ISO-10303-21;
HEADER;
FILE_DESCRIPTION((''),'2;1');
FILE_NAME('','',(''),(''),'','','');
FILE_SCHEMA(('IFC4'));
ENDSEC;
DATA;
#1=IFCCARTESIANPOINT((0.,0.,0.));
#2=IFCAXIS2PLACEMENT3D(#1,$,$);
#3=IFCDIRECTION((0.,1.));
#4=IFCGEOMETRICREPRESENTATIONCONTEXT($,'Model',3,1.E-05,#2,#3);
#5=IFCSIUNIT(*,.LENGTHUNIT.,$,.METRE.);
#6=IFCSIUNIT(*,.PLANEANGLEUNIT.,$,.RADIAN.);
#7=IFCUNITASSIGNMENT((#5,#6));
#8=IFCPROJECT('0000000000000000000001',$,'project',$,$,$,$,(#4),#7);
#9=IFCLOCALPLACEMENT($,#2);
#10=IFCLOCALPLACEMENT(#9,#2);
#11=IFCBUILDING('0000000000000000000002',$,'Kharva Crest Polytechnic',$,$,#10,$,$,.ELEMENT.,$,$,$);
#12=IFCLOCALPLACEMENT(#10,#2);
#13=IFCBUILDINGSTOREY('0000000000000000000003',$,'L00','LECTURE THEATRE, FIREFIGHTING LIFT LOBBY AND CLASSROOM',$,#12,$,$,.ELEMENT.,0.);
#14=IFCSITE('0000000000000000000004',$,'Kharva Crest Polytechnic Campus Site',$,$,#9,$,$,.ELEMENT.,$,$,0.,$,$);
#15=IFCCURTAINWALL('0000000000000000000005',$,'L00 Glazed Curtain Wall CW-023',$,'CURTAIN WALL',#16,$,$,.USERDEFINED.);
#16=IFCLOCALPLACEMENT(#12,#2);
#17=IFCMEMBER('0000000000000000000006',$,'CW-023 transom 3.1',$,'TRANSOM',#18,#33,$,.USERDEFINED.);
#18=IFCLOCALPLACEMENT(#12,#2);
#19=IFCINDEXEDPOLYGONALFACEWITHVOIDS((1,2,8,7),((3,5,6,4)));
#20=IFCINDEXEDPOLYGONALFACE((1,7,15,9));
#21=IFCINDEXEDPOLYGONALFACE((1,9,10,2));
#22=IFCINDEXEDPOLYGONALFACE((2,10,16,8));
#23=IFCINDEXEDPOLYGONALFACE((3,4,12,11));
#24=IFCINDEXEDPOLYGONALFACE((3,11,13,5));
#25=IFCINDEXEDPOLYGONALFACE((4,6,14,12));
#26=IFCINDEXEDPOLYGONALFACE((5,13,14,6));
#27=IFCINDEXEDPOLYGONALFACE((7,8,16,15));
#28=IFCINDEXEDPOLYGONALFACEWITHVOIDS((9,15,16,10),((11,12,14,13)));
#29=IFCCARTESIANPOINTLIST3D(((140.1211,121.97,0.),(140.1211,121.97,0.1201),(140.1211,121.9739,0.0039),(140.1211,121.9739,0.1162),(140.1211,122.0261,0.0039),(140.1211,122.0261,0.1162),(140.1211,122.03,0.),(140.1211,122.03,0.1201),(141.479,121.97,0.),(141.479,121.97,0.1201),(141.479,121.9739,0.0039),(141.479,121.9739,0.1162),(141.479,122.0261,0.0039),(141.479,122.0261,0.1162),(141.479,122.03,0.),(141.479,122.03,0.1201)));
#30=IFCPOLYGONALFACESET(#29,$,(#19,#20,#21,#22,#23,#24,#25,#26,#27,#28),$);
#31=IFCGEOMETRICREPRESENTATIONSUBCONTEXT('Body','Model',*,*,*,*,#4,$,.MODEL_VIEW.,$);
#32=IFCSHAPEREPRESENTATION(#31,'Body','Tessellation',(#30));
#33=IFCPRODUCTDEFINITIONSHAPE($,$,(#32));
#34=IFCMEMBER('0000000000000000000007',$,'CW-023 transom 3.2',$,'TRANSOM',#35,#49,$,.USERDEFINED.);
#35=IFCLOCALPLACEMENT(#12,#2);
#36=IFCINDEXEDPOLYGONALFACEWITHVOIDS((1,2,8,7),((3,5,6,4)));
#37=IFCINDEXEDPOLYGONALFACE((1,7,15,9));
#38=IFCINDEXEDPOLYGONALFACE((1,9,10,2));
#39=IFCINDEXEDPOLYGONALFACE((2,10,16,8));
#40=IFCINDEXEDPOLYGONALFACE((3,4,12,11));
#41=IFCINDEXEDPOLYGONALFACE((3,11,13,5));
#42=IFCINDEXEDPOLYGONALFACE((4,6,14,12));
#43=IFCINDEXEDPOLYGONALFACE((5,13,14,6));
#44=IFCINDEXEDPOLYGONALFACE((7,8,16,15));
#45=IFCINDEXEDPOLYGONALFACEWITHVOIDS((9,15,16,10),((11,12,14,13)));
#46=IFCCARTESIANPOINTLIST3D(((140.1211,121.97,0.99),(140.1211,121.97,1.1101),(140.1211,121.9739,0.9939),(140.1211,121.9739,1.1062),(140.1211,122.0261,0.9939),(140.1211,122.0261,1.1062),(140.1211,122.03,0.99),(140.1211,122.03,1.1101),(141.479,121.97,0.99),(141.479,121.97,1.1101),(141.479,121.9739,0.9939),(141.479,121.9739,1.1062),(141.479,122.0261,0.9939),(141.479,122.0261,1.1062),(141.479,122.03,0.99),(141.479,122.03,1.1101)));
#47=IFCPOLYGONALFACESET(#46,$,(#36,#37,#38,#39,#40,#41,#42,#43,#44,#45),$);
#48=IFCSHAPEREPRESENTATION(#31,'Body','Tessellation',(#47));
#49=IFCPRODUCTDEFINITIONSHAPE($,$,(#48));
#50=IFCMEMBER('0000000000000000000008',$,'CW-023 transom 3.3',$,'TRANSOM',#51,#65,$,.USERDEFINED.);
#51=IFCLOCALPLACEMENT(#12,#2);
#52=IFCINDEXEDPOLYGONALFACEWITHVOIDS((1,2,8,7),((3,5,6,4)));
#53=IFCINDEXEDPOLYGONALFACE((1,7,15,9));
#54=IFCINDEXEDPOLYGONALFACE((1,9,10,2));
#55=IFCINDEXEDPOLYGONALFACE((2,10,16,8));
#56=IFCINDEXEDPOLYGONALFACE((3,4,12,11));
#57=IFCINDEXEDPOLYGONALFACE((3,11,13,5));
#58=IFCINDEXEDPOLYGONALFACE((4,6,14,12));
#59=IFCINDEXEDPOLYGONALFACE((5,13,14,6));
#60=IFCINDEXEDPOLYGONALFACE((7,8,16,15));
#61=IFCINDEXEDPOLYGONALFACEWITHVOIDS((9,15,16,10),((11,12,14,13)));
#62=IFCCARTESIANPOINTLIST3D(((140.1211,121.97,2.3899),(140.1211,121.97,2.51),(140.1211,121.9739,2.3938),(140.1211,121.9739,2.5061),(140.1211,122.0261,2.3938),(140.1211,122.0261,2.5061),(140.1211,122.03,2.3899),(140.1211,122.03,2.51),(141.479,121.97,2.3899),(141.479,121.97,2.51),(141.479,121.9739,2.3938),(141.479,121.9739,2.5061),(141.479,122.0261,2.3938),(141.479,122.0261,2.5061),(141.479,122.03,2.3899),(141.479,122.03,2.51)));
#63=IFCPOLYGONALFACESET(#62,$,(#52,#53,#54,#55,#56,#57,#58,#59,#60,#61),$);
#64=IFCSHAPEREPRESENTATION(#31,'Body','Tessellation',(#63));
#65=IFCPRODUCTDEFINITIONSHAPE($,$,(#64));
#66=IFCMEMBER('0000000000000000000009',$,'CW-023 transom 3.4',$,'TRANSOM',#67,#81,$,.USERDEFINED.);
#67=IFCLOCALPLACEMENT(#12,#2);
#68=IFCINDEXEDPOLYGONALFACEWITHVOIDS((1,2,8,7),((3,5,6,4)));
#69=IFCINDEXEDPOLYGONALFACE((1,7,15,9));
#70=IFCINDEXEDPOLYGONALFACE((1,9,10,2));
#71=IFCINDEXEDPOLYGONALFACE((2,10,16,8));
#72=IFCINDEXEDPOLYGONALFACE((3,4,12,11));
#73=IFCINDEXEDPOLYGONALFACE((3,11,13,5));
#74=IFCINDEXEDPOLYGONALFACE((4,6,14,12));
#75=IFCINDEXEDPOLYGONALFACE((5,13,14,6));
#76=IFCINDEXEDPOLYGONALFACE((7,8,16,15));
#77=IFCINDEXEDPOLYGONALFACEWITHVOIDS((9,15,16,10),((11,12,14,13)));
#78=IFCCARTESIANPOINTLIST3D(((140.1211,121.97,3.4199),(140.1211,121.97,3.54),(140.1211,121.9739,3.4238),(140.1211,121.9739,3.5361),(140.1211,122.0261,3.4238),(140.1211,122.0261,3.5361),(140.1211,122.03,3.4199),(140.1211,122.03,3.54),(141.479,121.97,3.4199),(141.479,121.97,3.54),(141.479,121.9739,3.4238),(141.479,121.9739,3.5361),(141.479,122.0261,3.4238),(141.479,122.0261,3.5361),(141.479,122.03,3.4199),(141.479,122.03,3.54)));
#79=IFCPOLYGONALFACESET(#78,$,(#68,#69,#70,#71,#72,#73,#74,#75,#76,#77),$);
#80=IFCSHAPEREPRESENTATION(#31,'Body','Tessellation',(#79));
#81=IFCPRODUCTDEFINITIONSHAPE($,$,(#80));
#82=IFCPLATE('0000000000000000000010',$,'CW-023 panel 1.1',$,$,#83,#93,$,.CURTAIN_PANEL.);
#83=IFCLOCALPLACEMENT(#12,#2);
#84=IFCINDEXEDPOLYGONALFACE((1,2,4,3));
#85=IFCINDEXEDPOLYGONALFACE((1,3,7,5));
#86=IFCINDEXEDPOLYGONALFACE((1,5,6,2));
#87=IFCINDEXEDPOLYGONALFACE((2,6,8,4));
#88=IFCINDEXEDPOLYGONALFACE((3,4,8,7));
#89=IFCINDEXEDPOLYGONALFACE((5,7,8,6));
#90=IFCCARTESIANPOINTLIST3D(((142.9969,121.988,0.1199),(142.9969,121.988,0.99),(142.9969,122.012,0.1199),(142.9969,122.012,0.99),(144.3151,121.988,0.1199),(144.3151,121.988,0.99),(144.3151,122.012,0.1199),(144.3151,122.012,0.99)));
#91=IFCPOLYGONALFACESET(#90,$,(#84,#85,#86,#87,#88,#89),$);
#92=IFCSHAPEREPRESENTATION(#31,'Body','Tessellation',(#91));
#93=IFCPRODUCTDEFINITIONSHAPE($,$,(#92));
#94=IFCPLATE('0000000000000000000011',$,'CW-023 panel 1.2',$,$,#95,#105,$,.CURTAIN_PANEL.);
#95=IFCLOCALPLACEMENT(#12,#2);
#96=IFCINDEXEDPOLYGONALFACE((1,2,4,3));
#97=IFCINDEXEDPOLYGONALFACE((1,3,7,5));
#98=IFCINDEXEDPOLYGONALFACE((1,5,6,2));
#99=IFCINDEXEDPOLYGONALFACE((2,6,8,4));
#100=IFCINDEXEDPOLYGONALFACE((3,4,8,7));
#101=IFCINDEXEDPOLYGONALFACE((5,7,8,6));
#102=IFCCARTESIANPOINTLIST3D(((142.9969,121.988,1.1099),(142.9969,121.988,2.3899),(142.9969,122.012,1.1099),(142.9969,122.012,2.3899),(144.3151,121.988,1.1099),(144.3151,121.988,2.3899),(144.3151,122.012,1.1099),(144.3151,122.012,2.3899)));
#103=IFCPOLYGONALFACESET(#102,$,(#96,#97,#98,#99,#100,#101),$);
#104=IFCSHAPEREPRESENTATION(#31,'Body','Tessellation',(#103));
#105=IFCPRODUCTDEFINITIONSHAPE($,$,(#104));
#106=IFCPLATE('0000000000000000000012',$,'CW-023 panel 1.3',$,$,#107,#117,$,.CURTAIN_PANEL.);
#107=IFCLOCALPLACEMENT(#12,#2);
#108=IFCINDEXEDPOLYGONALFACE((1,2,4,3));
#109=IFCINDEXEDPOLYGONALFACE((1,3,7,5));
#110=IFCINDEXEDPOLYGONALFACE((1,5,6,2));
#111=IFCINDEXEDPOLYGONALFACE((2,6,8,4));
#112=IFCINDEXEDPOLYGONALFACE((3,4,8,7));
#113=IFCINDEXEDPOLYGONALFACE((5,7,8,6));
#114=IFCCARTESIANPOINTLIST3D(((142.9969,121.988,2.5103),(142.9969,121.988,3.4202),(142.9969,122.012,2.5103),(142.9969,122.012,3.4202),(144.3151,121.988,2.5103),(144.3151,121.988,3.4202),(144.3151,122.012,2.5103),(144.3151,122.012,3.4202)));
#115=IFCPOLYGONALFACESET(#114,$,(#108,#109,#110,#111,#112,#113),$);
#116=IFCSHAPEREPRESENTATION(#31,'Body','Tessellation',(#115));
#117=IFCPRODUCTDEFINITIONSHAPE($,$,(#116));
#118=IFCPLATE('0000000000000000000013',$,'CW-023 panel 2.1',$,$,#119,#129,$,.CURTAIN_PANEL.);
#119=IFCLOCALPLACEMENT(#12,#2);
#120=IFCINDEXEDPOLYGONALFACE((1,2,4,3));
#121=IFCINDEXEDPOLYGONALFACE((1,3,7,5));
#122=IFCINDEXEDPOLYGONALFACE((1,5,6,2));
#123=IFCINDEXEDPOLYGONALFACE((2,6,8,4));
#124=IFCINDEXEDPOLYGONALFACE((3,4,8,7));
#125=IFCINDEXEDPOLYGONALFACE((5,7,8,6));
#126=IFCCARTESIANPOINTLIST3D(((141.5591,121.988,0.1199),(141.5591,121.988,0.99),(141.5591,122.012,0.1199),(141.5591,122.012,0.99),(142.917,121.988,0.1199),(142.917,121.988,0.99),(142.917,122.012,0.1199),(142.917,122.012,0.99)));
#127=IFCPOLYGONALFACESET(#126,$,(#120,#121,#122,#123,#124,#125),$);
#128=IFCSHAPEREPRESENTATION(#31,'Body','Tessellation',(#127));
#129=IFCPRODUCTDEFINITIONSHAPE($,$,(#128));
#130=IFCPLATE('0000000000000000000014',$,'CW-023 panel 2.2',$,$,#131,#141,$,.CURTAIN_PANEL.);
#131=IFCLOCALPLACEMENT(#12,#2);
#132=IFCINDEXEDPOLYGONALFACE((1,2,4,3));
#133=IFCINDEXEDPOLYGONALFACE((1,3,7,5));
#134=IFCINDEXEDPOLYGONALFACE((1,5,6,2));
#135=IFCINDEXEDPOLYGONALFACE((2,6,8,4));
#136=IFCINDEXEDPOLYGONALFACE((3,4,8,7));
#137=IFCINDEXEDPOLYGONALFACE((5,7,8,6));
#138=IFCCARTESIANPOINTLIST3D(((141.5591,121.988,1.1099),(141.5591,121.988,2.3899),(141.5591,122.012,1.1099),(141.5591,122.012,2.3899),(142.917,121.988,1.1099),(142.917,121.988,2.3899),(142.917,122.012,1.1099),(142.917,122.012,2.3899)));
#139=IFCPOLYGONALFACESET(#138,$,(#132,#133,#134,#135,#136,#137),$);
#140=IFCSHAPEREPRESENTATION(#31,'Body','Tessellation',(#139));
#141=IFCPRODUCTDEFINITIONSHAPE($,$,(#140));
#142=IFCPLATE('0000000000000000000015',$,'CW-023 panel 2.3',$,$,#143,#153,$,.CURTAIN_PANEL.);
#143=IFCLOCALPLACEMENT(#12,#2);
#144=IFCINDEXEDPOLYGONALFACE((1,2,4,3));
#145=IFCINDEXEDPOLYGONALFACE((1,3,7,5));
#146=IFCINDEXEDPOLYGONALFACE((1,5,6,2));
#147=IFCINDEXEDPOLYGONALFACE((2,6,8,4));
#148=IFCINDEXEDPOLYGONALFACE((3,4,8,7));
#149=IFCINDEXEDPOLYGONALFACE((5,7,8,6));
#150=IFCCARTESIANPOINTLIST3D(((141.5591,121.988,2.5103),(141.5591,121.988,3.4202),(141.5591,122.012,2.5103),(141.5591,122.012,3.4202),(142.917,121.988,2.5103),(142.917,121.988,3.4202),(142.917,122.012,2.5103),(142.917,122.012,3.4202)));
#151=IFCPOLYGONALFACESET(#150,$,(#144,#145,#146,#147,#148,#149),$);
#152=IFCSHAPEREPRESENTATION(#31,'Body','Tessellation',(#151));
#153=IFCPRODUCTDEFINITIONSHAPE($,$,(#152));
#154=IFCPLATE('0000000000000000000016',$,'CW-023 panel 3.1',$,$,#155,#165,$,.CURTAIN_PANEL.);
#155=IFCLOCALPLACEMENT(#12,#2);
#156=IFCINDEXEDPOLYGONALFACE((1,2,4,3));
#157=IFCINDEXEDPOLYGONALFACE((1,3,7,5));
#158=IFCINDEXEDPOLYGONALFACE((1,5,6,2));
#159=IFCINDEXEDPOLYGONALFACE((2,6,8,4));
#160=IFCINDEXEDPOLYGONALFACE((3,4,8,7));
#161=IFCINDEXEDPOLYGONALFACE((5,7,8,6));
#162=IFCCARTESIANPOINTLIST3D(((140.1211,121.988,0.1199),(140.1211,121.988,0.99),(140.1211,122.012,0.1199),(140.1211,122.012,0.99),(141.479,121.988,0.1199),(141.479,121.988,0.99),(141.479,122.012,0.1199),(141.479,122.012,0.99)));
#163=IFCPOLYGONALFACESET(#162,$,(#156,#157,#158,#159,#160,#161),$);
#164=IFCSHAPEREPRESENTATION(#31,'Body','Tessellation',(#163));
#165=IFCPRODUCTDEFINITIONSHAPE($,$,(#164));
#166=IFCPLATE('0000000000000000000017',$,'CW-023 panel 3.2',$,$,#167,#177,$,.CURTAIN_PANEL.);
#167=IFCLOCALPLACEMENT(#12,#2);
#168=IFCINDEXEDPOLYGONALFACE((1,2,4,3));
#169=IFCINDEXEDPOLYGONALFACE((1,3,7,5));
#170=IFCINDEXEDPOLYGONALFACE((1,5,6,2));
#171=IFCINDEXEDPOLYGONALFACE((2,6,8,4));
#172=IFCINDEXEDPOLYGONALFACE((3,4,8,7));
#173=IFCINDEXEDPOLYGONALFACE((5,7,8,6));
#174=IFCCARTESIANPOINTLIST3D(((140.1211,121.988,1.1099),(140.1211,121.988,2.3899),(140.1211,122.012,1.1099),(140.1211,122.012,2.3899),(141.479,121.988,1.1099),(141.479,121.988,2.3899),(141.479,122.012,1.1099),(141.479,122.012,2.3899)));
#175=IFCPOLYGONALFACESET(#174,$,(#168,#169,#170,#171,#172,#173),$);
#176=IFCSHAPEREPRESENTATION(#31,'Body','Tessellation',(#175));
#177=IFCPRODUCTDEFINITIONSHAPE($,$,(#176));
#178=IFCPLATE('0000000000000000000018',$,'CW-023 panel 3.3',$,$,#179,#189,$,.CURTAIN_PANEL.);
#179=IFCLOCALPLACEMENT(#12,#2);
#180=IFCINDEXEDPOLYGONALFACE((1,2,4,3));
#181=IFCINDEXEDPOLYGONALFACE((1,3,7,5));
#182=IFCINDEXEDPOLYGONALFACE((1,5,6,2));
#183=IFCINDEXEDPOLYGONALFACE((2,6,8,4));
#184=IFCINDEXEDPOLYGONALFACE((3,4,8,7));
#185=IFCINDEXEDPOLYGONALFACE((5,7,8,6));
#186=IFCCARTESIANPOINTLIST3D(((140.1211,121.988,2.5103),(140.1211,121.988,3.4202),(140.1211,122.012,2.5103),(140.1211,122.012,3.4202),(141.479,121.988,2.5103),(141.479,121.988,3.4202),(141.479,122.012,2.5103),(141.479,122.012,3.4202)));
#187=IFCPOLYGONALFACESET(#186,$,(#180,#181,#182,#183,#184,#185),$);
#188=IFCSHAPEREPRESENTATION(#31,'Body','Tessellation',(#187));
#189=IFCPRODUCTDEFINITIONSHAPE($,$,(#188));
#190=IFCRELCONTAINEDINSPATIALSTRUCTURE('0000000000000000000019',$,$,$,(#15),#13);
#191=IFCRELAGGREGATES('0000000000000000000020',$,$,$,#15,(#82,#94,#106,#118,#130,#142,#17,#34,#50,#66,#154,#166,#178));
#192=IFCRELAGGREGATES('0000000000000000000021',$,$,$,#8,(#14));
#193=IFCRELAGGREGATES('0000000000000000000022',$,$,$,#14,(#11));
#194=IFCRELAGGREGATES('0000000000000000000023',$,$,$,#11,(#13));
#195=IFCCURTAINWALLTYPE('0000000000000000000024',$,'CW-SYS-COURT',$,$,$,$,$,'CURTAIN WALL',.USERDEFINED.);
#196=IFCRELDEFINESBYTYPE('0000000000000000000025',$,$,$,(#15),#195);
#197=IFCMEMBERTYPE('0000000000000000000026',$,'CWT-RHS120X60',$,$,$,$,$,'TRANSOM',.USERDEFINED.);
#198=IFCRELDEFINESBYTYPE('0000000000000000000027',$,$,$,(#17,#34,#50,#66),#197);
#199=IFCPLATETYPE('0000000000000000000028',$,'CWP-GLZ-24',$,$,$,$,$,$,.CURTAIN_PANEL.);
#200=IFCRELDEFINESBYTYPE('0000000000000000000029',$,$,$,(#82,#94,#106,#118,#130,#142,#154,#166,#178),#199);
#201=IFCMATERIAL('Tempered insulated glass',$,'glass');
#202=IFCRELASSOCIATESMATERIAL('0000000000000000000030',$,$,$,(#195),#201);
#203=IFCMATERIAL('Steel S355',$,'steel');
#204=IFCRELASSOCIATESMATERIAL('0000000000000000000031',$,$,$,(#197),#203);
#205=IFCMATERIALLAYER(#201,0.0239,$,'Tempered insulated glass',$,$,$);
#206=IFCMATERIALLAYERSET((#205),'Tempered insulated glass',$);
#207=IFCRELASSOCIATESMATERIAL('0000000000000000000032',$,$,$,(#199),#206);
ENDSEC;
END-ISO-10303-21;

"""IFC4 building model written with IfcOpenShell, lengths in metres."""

from ifc_helpers import new_model, si_unit, direction, frame, origin, origin_2d, place, context, subcontext, project, spatial, rectangle, hollow_rectangle, extrude, material, layer, layer_set, material_profile, profile_set, type_object, element, aggregate, save


model = new_model("IFC4")

# Units and contexts
model_context = context("Model", 3, precision=1e-05, world=origin(), true_north=direction((0.0, 1.0)))
body_context = subcontext(model_context, "Body", "Model", "MODEL_VIEW")
ifc_project = project(units=[si_unit("LENGTHUNIT", "METRE"), si_unit("PLANEANGLEUNIT", "RADIAN")], contexts=[model_context])

# Site, building, storey
site_placement = place(None, origin())
site = spatial("IfcSite", under=ifc_project, at=site_placement, Name="Kharva Crest Polytechnic Campus Site", CompositionType="ELEMENT", RefElevation=0.0)
building_placement = place(site_placement, origin())
building = spatial("IfcBuilding", under=site, at=building_placement, Name="Kharva Crest Polytechnic", CompositionType="ELEMENT")
storey_placement = place(building_placement, origin())
storey = spatial("IfcBuildingStorey", under=building, at=storey_placement, Name="L00", Description="LECTURE THEATRE, FIREFIGHTING LIFT LOBBY AND CLASSROOM", CompositionType="ELEMENT", Elevation=0.0)

# Curtain wall, members, plates
ifc_material_1 = material(Name="Tempered insulated glass", Category="glass")
curtain_wall_type = type_object("IfcCurtainWallType", Name="CW-SYS-COURT", ElementType="CURTAIN WALL", PredefinedType="USERDEFINED", material=ifc_material_1)
curtain_wall_placement = place(storey_placement, origin())
curtain_wall = element("IfcCurtainWall", 1, at=curtain_wall_placement, inside=storey, type_object=curtain_wall_type, Name="L00 Glazed Curtain Wall CW-023", ObjectType="CURTAIN WALL", PredefinedType="USERDEFINED")
ifc_material_2 = material(Name="Steel S355", Category="steel")
ifc_material_profile_1 = material_profile(ifc_material_2, hollow_rectangle(XDim=0.0601, YDim=0.1201, WallThickness=0.0039, at=origin_2d()), Name="RHS 120X60X4.0")
ifc_profile_set_1 = profile_set([ifc_material_profile_1], Name="Steel S355")
member_type_1 = type_object("IfcMemberType", Name="CWT-RHS120X60", ElementType="TRANSOM", PredefinedType="USERDEFINED", material=ifc_profile_set_1)
member_1_placement = place(storey_placement, frame((141.479, 122.0, 0.0601), z_axis=(-1.0, 0.0, 0.0), x_axis=(0.0, -1.0, 0.0)))
member_1 = element("IfcMember", 2, at=member_1_placement, type_object=member_type_1, Name="CW-023 transom 3.1", ObjectType="TRANSOM", PredefinedType="USERDEFINED", context=body_context, shape_type="SweptSolid", body=[
    extrude(hollow_rectangle(XDim=0.0601, YDim=0.1201, WallThickness=0.0039, at=origin_2d()), origin(), (0.0, 0.0, 1.0), 1.3579),
])
member_2_placement = place(storey_placement, frame((141.479, 122.0, 1.05), z_axis=(-1.0, 0.0, 0.0), x_axis=(0.0, -1.0, 0.0)))
member_2 = element("IfcMember", 3, at=member_2_placement, type_object=member_type_1, Name="CW-023 transom 3.2", ObjectType="TRANSOM", PredefinedType="USERDEFINED", context=body_context, shape_type="SweptSolid", body=[
    extrude(hollow_rectangle(XDim=0.0601, YDim=0.1201, WallThickness=0.0039, at=origin_2d()), origin(), (0.0, 0.0, 1.0), 1.3579),
])
member_3_placement = place(storey_placement, frame((141.479, 122.0, 2.45), z_axis=(-1.0, 0.0, 0.0), x_axis=(0.0, -1.0, 0.0)))
member_3 = element("IfcMember", 4, at=member_3_placement, type_object=member_type_1, Name="CW-023 transom 3.3", ObjectType="TRANSOM", PredefinedType="USERDEFINED", context=body_context, shape_type="SweptSolid", body=[
    extrude(hollow_rectangle(XDim=0.0601, YDim=0.1201, WallThickness=0.0039, at=origin_2d()), origin(), (0.0, 0.0, 1.0), 1.3579),
])
member_4_placement = place(storey_placement, frame((141.479, 122.0, 3.48), z_axis=(-1.0, 0.0, 0.0), x_axis=(0.0, -1.0, 0.0)))
member_4 = element("IfcMember", 5, at=member_4_placement, type_object=member_type_1, Name="CW-023 transom 3.4", ObjectType="TRANSOM", PredefinedType="USERDEFINED", context=body_context, shape_type="SweptSolid", body=[
    extrude(hollow_rectangle(XDim=0.0601, YDim=0.1201, WallThickness=0.0039, at=origin_2d()), origin(), (0.0, 0.0, 1.0), 1.3579),
])
ifc_layer_1 = layer(ifc_material_1, 0.0239, Name="Tempered insulated glass")
ifc_layer_set_1 = layer_set([ifc_layer_1], Name="Tempered insulated glass")
plate_type = type_object("IfcPlateType", Name="CWP-GLZ-24", PredefinedType="CURTAIN_PANEL", material=ifc_layer_set_1)
plate_1_placement = place(storey_placement, frame((143.656, 122.0, 0.1199), z_axis=(0.0, 0.0, 1.0), x_axis=(-1.0, 0.0, 0.0)))
plate_1 = element("IfcPlate", 6, at=plate_1_placement, type_object=plate_type, Name="CW-023 panel 1.1", PredefinedType="CURTAIN_PANEL", context=body_context, shape_type="SweptSolid", body=[
    extrude(rectangle(XDim=1.3181, YDim=0.0239, at=origin_2d()), origin(), (0.0, 0.0, 1.0), 0.8701),
])
plate_2_placement = place(storey_placement, frame((143.656, 122.0, 1.1099), z_axis=(0.0, 0.0, 1.0), x_axis=(-1.0, 0.0, 0.0)))
plate_2 = element("IfcPlate", 7, at=plate_2_placement, type_object=plate_type, Name="CW-023 panel 1.2", PredefinedType="CURTAIN_PANEL", context=body_context, shape_type="SweptSolid", body=[
    extrude(rectangle(XDim=1.3181, YDim=0.0239, at=origin_2d()), origin(), (0.0, 0.0, 1.0), 1.28),
])
plate_3_placement = place(storey_placement, frame((143.656, 122.0, 2.5103), z_axis=(0.0, 0.0, 1.0), x_axis=(-1.0, 0.0, 0.0)))
plate_3 = element("IfcPlate", 8, at=plate_3_placement, type_object=plate_type, Name="CW-023 panel 1.3", PredefinedType="CURTAIN_PANEL", context=body_context, shape_type="SweptSolid", body=[
    extrude(rectangle(XDim=1.3181, YDim=0.0239, at=origin_2d()), origin(), (0.0, 0.0, 1.0), 0.9099),
])
plate_4_placement = place(storey_placement, frame((142.238, 122.0, 0.1199), z_axis=(0.0, 0.0, 1.0), x_axis=(-1.0, 0.0, 0.0)))
plate_4 = element("IfcPlate", 9, at=plate_4_placement, type_object=plate_type, Name="CW-023 panel 2.1", PredefinedType="CURTAIN_PANEL", context=body_context, shape_type="SweptSolid", body=[
    extrude(rectangle(XDim=1.3579, YDim=0.0239, at=origin_2d()), origin(), (0.0, 0.0, 1.0), 0.8701),
])
plate_5_placement = place(storey_placement, frame((142.238, 122.0, 1.1099), z_axis=(0.0, 0.0, 1.0), x_axis=(-1.0, 0.0, 0.0)))
plate_5 = element("IfcPlate", 10, at=plate_5_placement, type_object=plate_type, Name="CW-023 panel 2.2", PredefinedType="CURTAIN_PANEL", context=body_context, shape_type="SweptSolid", body=[
    extrude(rectangle(XDim=1.3579, YDim=0.0239, at=origin_2d()), origin(), (0.0, 0.0, 1.0), 1.28),
])
plate_6_placement = place(storey_placement, frame((142.238, 122.0, 2.5103), z_axis=(0.0, 0.0, 1.0), x_axis=(-1.0, 0.0, 0.0)))
plate_6 = element("IfcPlate", 11, at=plate_6_placement, type_object=plate_type, Name="CW-023 panel 2.3", PredefinedType="CURTAIN_PANEL", context=body_context, shape_type="SweptSolid", body=[
    extrude(rectangle(XDim=1.3579, YDim=0.0239, at=origin_2d()), origin(), (0.0, 0.0, 1.0), 0.9099),
])
plate_7_placement = place(storey_placement, frame((140.8, 122.0, 0.1199), z_axis=(0.0, 0.0, 1.0), x_axis=(-1.0, 0.0, 0.0)))
plate_7 = element("IfcPlate", 12, at=plate_7_placement, type_object=plate_type, Name="CW-023 panel 3.1", PredefinedType="CURTAIN_PANEL", context=body_context, shape_type="SweptSolid", body=[
    extrude(rectangle(XDim=1.3579, YDim=0.0239, at=origin_2d()), origin(), (0.0, 0.0, 1.0), 0.8701),
])
plate_8_placement = place(storey_placement, frame((140.8, 122.0, 1.1099), z_axis=(0.0, 0.0, 1.0), x_axis=(-1.0, 0.0, 0.0)))
plate_8 = element("IfcPlate", 13, at=plate_8_placement, type_object=plate_type, Name="CW-023 panel 3.2", PredefinedType="CURTAIN_PANEL", context=body_context, shape_type="SweptSolid", body=[
    extrude(rectangle(XDim=1.3579, YDim=0.0239, at=origin_2d()), origin(), (0.0, 0.0, 1.0), 1.28),
])
plate_9_placement = place(storey_placement, frame((140.8, 122.0, 2.5103), z_axis=(0.0, 0.0, 1.0), x_axis=(-1.0, 0.0, 0.0)))
plate_9 = element("IfcPlate", 14, at=plate_9_placement, type_object=plate_type, Name="CW-023 panel 3.3", PredefinedType="CURTAIN_PANEL", context=body_context, shape_type="SweptSolid", body=[
    extrude(rectangle(XDim=1.3579, YDim=0.0239, at=origin_2d()), origin(), (0.0, 0.0, 1.0), 0.9099),
])
aggregate(curtain_wall, [plate_1, plate_2, plate_3, plate_4, plate_5, plate_6, member_1, member_2, member_3, member_4, plate_7, plate_8, plate_9])

save(model, "model.ifc")
